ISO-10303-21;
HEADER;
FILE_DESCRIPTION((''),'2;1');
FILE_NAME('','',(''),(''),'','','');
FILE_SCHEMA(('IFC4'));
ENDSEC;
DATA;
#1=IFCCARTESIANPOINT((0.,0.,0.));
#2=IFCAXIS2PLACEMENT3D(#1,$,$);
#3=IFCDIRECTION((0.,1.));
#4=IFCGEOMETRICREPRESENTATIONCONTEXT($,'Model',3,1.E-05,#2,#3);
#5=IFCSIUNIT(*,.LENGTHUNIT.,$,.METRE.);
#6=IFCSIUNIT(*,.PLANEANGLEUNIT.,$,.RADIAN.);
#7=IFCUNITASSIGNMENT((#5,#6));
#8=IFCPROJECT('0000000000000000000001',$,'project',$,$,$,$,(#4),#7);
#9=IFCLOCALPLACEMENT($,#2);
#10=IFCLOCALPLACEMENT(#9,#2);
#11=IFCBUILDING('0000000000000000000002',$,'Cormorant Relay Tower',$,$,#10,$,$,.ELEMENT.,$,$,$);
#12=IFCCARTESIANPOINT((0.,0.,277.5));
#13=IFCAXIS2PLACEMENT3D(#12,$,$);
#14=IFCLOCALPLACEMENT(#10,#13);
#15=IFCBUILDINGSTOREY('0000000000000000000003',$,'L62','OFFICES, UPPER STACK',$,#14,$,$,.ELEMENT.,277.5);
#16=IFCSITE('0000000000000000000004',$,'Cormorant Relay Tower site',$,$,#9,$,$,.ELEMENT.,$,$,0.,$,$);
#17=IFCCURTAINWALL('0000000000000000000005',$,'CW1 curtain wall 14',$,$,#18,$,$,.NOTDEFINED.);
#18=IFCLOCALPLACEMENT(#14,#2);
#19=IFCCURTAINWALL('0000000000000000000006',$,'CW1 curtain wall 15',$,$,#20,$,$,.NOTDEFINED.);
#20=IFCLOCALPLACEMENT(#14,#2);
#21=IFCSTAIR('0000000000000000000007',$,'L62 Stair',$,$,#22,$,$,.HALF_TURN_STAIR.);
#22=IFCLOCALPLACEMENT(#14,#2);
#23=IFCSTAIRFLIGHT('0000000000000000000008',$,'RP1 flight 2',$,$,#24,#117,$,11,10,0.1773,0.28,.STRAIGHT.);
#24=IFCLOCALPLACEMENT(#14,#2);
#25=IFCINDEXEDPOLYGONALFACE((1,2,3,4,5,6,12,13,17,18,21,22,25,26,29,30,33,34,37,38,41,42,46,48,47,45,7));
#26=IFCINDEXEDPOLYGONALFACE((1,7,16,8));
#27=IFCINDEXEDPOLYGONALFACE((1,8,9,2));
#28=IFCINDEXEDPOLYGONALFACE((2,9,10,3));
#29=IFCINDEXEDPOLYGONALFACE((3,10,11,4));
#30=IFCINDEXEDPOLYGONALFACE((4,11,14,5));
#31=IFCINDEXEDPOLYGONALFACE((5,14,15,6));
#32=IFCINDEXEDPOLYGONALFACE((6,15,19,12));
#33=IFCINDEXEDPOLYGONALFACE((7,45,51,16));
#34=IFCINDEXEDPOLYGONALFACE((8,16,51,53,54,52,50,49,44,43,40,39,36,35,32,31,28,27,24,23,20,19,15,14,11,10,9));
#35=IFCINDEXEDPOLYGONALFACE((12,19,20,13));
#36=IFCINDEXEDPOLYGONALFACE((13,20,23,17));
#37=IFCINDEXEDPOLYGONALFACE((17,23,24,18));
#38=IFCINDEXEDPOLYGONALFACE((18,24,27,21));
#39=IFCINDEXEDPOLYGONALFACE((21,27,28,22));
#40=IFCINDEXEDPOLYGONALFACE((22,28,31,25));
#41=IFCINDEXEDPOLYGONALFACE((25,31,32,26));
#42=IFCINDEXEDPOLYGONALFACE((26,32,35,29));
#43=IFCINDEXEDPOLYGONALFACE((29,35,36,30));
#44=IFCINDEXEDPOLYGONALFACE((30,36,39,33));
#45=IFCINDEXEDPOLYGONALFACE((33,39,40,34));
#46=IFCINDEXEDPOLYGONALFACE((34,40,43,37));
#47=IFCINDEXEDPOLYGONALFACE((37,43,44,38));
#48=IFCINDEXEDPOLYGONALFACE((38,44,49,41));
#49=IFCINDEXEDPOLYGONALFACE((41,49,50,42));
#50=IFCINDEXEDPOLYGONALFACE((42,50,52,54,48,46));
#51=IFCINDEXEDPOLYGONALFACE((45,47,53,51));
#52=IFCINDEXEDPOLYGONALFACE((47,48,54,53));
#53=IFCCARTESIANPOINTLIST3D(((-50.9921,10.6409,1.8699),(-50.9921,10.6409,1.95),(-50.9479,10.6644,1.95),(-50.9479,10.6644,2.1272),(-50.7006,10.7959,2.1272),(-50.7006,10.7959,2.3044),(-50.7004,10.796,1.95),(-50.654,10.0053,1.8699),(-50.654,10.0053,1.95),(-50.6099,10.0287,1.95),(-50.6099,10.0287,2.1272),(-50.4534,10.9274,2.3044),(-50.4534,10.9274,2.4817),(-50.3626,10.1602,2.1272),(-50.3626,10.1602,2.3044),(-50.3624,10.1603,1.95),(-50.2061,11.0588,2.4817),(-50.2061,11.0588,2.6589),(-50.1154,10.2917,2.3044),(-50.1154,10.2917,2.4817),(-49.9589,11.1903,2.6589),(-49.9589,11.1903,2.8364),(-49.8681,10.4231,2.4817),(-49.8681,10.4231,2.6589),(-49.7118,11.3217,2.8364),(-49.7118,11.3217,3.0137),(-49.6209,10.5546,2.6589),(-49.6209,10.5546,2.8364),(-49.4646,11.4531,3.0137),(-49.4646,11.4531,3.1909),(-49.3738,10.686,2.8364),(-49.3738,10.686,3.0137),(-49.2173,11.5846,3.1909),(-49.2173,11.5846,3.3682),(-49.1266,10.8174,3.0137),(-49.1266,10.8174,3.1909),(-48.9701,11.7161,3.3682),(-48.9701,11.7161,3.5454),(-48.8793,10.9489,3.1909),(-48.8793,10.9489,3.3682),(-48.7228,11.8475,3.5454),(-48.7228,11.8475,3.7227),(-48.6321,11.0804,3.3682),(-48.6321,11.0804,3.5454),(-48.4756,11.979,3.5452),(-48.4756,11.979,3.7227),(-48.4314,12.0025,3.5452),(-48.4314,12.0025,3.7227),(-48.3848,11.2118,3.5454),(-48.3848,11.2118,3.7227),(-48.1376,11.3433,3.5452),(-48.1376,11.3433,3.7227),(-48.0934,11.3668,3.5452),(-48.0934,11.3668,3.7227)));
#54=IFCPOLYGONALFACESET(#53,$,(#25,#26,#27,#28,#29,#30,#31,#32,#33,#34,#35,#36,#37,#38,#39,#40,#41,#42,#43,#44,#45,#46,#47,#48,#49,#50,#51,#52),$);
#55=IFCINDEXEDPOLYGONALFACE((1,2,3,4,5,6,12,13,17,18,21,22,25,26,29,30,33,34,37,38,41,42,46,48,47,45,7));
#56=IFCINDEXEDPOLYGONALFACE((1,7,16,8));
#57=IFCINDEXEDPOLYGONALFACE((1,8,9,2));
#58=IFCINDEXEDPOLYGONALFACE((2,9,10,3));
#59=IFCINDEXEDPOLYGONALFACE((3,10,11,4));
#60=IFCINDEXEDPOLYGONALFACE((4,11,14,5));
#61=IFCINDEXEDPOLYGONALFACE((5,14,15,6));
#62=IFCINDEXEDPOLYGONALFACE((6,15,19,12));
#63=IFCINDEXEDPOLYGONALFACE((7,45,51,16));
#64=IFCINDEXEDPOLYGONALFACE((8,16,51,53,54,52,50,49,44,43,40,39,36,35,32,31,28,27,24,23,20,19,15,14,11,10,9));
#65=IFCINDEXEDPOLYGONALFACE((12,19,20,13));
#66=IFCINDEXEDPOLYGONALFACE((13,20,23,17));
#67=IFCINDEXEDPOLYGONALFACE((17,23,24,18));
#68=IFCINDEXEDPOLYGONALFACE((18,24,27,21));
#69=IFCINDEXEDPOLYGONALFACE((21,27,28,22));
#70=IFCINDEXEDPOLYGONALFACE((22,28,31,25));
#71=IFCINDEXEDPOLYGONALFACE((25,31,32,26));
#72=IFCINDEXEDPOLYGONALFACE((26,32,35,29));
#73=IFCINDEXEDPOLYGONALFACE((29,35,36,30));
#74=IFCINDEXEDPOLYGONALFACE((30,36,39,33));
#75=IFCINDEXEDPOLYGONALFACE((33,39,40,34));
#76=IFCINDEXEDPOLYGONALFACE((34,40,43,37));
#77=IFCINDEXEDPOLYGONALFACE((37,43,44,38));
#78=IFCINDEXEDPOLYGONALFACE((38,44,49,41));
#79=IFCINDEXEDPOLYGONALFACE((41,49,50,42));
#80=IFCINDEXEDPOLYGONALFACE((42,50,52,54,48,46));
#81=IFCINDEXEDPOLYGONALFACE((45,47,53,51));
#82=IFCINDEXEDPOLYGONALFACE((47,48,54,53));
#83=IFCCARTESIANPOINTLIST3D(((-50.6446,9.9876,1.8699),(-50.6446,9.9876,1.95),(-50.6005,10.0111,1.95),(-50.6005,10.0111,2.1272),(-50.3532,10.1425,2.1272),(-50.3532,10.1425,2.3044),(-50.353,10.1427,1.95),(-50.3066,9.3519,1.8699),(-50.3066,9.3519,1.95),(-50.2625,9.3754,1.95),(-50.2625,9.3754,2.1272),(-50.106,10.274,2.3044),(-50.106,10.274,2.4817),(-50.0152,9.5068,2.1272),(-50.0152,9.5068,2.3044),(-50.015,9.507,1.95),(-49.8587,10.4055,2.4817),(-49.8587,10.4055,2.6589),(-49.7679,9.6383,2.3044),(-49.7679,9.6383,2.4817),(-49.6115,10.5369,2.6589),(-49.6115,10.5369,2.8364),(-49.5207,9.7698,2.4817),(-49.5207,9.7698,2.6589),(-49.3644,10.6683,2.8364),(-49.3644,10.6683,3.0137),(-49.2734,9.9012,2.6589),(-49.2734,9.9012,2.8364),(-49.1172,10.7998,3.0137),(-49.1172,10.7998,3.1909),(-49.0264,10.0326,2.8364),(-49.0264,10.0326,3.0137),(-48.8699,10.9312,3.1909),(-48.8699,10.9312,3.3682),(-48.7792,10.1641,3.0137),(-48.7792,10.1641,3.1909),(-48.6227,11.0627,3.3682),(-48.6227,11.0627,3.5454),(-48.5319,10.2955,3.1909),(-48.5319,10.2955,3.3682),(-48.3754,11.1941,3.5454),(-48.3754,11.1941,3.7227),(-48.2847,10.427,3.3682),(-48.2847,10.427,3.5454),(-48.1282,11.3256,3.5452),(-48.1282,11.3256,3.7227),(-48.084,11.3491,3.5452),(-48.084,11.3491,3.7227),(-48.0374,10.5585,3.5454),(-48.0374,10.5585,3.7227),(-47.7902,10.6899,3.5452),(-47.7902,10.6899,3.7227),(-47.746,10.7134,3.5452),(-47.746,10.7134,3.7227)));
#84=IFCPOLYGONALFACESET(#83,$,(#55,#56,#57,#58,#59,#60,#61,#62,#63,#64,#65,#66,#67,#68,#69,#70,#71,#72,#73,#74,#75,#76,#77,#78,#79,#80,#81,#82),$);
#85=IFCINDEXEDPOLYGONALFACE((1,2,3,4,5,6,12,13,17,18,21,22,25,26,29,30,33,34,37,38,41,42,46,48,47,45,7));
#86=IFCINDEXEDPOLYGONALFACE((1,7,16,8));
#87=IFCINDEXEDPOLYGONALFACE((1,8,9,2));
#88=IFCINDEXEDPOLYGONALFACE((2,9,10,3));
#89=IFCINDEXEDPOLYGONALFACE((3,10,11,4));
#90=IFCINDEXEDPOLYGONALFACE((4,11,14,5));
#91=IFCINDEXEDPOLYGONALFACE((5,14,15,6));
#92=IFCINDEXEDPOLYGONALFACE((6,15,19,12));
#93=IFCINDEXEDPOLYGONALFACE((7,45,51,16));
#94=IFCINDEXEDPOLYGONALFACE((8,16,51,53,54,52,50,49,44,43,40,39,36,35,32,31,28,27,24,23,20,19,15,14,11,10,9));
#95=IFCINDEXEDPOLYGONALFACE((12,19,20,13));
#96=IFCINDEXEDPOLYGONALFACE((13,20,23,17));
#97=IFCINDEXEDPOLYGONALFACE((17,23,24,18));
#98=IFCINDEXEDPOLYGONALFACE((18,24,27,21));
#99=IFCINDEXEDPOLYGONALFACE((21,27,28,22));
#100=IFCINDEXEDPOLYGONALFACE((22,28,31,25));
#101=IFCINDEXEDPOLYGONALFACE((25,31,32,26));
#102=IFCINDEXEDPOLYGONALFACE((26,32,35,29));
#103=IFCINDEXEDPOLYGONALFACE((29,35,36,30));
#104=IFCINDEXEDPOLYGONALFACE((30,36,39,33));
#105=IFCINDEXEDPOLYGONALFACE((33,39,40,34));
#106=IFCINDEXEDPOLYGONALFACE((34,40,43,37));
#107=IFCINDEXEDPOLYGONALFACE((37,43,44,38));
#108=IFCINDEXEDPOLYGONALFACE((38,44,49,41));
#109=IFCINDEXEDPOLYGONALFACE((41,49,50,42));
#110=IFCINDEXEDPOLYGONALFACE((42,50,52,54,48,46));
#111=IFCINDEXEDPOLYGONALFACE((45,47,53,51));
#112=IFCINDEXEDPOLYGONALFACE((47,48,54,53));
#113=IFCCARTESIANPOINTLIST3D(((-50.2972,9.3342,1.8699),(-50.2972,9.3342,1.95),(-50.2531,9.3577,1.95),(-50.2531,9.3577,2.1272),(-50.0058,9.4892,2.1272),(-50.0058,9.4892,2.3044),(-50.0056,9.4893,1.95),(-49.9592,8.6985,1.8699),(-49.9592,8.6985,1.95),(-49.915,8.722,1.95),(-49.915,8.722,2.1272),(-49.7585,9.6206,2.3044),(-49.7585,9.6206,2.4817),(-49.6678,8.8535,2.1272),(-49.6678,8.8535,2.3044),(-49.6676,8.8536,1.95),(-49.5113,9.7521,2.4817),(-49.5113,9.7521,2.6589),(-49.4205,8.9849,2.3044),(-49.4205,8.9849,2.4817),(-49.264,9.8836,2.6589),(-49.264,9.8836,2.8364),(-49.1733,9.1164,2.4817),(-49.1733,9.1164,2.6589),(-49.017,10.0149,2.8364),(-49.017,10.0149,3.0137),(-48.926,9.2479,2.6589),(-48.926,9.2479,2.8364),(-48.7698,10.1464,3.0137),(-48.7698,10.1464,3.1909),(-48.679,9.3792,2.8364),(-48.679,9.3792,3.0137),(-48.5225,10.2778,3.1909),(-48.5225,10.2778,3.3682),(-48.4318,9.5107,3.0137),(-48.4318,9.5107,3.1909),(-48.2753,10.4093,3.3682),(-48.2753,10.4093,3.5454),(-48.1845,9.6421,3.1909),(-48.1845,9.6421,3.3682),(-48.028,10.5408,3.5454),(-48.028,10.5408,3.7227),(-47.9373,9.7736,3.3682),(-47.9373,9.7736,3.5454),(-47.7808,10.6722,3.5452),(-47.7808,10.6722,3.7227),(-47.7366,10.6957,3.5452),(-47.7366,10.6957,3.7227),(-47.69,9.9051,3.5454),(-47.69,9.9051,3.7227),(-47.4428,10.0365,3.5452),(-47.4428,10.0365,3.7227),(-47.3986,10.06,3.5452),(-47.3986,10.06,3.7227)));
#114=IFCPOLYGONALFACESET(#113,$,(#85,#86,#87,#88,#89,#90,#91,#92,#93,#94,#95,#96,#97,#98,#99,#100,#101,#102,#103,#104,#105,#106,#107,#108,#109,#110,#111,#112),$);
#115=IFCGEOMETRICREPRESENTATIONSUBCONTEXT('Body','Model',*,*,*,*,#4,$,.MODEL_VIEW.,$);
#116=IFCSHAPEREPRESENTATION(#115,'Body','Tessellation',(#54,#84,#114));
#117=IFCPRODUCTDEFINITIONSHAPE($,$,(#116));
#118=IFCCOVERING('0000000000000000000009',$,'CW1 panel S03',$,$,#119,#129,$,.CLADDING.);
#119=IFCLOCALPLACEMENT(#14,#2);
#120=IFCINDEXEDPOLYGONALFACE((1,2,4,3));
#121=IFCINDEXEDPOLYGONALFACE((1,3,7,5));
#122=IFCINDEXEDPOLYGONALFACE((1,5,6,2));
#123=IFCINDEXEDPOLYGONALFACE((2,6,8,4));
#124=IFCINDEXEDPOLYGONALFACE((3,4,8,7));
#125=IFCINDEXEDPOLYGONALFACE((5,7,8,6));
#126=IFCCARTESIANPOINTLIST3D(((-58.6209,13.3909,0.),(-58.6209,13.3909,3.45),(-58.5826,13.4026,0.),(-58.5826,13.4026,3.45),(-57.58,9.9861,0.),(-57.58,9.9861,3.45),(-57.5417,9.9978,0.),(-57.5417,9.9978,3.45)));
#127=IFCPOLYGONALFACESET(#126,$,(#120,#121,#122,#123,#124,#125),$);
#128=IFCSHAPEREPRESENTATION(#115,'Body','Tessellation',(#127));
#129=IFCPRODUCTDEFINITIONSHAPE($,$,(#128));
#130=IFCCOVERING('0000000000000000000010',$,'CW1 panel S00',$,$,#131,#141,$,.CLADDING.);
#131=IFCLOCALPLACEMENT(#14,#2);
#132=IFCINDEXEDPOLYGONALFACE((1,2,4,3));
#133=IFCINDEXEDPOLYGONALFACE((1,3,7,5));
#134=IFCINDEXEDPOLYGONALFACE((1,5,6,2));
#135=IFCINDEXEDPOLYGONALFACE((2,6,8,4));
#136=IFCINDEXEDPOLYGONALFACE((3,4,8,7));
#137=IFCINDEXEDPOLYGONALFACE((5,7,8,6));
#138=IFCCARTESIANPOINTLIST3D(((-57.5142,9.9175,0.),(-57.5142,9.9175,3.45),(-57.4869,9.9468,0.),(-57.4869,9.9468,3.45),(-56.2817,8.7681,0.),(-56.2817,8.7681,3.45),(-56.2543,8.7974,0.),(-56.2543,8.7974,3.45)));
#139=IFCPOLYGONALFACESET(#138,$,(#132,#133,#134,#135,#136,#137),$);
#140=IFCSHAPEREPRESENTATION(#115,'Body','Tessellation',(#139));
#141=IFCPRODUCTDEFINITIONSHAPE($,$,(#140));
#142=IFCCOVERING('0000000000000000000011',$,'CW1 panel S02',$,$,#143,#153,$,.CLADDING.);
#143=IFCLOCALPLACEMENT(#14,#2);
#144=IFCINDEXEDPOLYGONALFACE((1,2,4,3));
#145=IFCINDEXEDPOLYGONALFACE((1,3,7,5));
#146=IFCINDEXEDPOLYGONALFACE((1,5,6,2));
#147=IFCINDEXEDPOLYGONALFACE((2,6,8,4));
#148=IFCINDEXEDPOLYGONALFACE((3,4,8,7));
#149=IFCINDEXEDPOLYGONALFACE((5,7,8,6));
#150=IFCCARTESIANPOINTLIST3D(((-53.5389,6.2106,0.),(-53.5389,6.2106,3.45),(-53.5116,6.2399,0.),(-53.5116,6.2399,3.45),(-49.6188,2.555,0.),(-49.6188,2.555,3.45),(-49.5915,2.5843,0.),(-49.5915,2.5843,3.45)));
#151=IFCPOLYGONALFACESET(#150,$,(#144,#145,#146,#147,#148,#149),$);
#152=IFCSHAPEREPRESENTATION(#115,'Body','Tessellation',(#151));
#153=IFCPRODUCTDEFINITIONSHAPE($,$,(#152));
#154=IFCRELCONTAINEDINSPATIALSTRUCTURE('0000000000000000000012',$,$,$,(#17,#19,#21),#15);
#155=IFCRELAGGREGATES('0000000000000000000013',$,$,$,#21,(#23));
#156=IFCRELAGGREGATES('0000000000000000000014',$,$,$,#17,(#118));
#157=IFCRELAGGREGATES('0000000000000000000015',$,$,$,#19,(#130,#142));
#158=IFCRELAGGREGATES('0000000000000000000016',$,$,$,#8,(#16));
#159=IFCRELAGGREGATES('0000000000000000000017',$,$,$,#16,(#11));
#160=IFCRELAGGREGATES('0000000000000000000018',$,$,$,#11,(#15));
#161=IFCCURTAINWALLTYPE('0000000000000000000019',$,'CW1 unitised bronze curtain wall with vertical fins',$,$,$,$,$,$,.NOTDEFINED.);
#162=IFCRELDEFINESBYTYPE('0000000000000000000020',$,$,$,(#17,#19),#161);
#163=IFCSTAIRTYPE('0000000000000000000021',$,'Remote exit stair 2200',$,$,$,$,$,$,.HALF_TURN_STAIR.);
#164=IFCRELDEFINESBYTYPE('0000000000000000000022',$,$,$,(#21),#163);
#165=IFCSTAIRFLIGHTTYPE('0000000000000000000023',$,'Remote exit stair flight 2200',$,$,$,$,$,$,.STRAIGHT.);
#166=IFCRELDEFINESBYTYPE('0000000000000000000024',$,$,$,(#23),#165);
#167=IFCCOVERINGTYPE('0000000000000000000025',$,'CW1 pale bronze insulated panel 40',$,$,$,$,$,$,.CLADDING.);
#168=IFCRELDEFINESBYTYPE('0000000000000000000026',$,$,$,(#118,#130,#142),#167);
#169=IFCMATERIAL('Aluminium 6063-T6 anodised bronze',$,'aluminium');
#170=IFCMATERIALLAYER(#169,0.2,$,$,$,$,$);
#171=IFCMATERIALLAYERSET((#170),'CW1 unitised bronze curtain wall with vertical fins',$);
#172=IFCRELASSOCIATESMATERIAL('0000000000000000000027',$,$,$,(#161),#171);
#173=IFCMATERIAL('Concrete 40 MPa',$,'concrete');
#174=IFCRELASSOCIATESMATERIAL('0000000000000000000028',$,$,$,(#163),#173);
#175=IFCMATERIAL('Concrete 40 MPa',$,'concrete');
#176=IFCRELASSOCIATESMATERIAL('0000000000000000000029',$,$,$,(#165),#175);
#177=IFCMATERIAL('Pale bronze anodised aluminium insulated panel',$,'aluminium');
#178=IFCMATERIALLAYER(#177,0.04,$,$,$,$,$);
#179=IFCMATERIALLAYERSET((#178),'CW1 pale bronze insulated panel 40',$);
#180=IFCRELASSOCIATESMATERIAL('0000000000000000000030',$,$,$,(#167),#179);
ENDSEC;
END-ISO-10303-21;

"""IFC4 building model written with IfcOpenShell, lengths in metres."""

from ifc_helpers import new_model, si_unit, direction, frame, origin, origin_2d, place, context, subcontext, project, spatial, polyline, rectangle, outline, extrude, material, layer, layer_set, type_object, element, aggregate, save


model = new_model("IFC4")

# Units and contexts
model_context = context("Model", 3, precision=1e-05, world=origin(), true_north=direction((0.0, 1.0)))
body_context = subcontext(model_context, "Body", "Model", "MODEL_VIEW")
ifc_project = project(units=[si_unit("LENGTHUNIT", "METRE"), si_unit("PLANEANGLEUNIT", "RADIAN")], contexts=[model_context])

# Site, building, storey
site_placement = place(None, origin())
site = spatial("IfcSite", under=ifc_project, at=site_placement, Name="Cormorant Relay Tower site", CompositionType="ELEMENT", RefElevation=0.0)
building_placement = place(site_placement, origin())
building = spatial("IfcBuilding", under=site, at=building_placement, Name="Cormorant Relay Tower", CompositionType="ELEMENT")
storey_placement = place(building_placement, frame((0.0, 0.0, 277.5)))
storey = spatial("IfcBuildingStorey", under=building, at=storey_placement, Name="L62", Description="OFFICES, UPPER STACK", CompositionType="ELEMENT", Elevation=277.5)

# Curtain wall
ifc_material_1 = material(Name="Aluminium 6063-T6 anodised bronze", Category="aluminium")
ifc_layer_1 = layer(ifc_material_1, 0.2)
ifc_layer_set_1 = layer_set([ifc_layer_1], Name="CW1 unitised bronze curtain wall with vertical fins")
curtain_wall_type = type_object("IfcCurtainWallType", Name="CW1 unitised bronze curtain wall with vertical fins", PredefinedType="NOTDEFINED", material=ifc_layer_set_1)
curtain_wall_1_placement = place(storey_placement, origin())
curtain_wall_1 = element("IfcCurtainWall", 1, at=curtain_wall_1_placement, inside=storey, type_object=curtain_wall_type, Name="CW1 curtain wall 14", PredefinedType="NOTDEFINED")

# Curtain wall
curtain_wall_2_placement = place(storey_placement, origin())
curtain_wall_2 = element("IfcCurtainWall", 2, at=curtain_wall_2_placement, inside=storey, type_object=curtain_wall_type, Name="CW1 curtain wall 15", PredefinedType="NOTDEFINED")

# Stair, stair flight
ifc_material_2 = material(Name="Concrete 40 MPa", Category="concrete")
stair_type = type_object("IfcStairType", Name="Remote exit stair 2200", PredefinedType="HALF_TURN_STAIR", material=ifc_material_2)
stair_placement = place(storey_placement, origin())
stair = element("IfcStair", 3, at=stair_placement, inside=storey, type_object=stair_type, Name="L62 Stair", PredefinedType="HALF_TURN_STAIR")
ifc_material_3 = material(Name="Concrete 40 MPa", Category="concrete")
stair_flight_type = type_object("IfcStairFlightType", Name="Remote exit stair flight 2200", PredefinedType="STRAIGHT", material=ifc_material_3)
stair_flight_1_placement = place(storey_placement, frame((-50.4314, 9.6931, 1.95), z_axis=(0.0, 0.0, 1.0), x_axis=(0.882948, 0.469472, 0.0)))
stair_flight_1 = element("IfcStairFlight", 4, at=stair_flight_1_placement, type_object=stair_flight_type, Name="RP1 flight 2", NumberOfRisers=11, NumberOfTreads=10, PredefinedType="STRAIGHT", RiserHeight=0.1773, TreadLength=0.28, context=body_context, shape_type="SweptSolid", body=[
    extrude(outline(polyline([(-0.05, -0.0801), (-0.05, 0.0), (0.0, 0.0), (0.0, 0.1772), (0.28, 0.1772), (0.28, 0.3545), (0.5601, 0.3545), (0.5601, 0.5317), (0.8401, 0.5317), (0.8401, 0.709), (1.1201, 0.709), (1.1201, 0.8865), (1.3999, 0.8865), (1.3999, 1.0637), (1.6799, 1.0637), (1.6799, 1.241), (1.96, 1.241), (1.96, 1.4182), (2.24, 1.4182), (2.24, 1.5955), (2.52, 1.5955), (2.52, 1.7727), (2.8, 1.7727), (2.8501, 1.7727), (2.8501, 1.5952), (2.8, 1.5952), (0.2803, 0.0), (-0.05, -0.0801)])), frame((0.0, 1.1001, 0.0), z_axis=(0.0, -1.0, 0.0), x_axis=(1.0, 0.0, 0.0)), (0.0, 0.0, 1.0), 0.72),
    extrude(outline(polyline([(-0.05, -0.0801), (-0.05, 0.0), (0.0, 0.0), (0.0, 0.1772), (0.28, 0.1772), (0.28, 0.3545), (0.5601, 0.3545), (0.5601, 0.5317), (0.8401, 0.5317), (0.8401, 0.709), (1.1201, 0.709), (1.1201, 0.8865), (1.3999, 0.8865), (1.3999, 1.0637), (1.6799, 1.0637), (1.6799, 1.241), (1.96, 1.241), (1.96, 1.4182), (2.24, 1.4182), (2.24, 1.5955), (2.52, 1.5955), (2.52, 1.7727), (2.8, 1.7727), (2.8501, 1.7727), (2.8501, 1.5952), (2.8, 1.5952), (0.2803, 0.0), (-0.05, -0.0801)])), frame((0.0, 0.3601, 0.0), z_axis=(0.0, -1.0, 0.0), x_axis=(1.0, 0.0, 0.0)), (0.0, 0.0, 1.0), 0.72),
    extrude(outline(polyline([(-0.05, -0.0801), (-0.05, 0.0), (0.0, 0.0), (0.0, 0.1772), (0.28, 0.1772), (0.28, 0.3545), (0.5601, 0.3545), (0.5601, 0.5317), (0.8401, 0.5317), (0.8401, 0.709), (1.1201, 0.709), (1.1201, 0.8865), (1.3999, 0.8865), (1.3999, 1.0637), (1.6799, 1.0637), (1.6799, 1.241), (1.96, 1.241), (1.96, 1.4182), (2.24, 1.4182), (2.24, 1.5955), (2.52, 1.5955), (2.52, 1.7727), (2.8, 1.7727), (2.8501, 1.7727), (2.8501, 1.5952), (2.8, 1.5952), (0.2803, 0.0), (-0.05, -0.0801)])), frame((0.0, -0.3799, 0.0), z_axis=(0.0, -1.0, 0.0), x_axis=(1.0, 0.0, 0.0)), (0.0, 0.0, 1.0), 0.72),
])
aggregate(stair, [stair_flight_1])

# Coverings
ifc_material_4 = material(Name="Pale bronze anodised aluminium insulated panel", Category="aluminium")
ifc_layer_2 = layer(ifc_material_4, 0.04)
ifc_layer_set_2 = layer_set([ifc_layer_2], Name="CW1 pale bronze insulated panel 40")
covering_type = type_object("IfcCoveringType", Name="CW1 pale bronze insulated panel 40", PredefinedType="CLADDING", material=ifc_layer_set_2)
covering_1_placement = place(storey_placement, frame((-58.0813, 11.6943, 0.0), z_axis=(0.0, 0.0, 1.0), x_axis=(0.292372, -0.956305, 0.0)))
covering_1 = element("IfcCovering", 5, at=covering_1_placement, type_object=covering_type, Name="CW1 panel S03", PredefinedType="CLADDING", context=body_context, shape_type="SweptSolid", body=[
    extrude(rectangle(XDim=3.5603, YDim=0.04, at=origin_2d()), origin(), (0.0, 0.0, 1.0), 3.45),
])
aggregate(curtain_wall_1, [covering_1])
covering_2_placement = place(storey_placement, frame((-56.8843, 9.3574, 0.0), z_axis=(0.0, 0.0, 1.0), x_axis=(0.731354, -0.681998, 0.0)))
covering_2 = element("IfcCovering", 6, at=covering_2_placement, type_object=covering_type, Name="CW1 panel S00", PredefinedType="CLADDING", context=body_context, shape_type="SweptSolid", body=[
    extrude(rectangle(XDim=1.6853, YDim=0.04, at=origin_2d()), origin(), (0.0, 0.0, 1.0), 3.45),
])
covering_3_placement = place(storey_placement, frame((-51.5652, 4.3975, 0.0), z_axis=(0.0, 0.0, 1.0), x_axis=(0.731354, -0.681998, 0.0)))
covering_3 = element("IfcCovering", 7, at=covering_3_placement, type_object=covering_type, Name="CW1 panel S02", PredefinedType="CLADDING", context=body_context, shape_type="SweptSolid", body=[
    extrude(rectangle(XDim=5.3601, YDim=0.04, at=origin_2d()), origin(), (0.0, 0.0, 1.0), 3.45),
])
aggregate(curtain_wall_2, [covering_2, covering_3])

save(model, "model.ifc")
